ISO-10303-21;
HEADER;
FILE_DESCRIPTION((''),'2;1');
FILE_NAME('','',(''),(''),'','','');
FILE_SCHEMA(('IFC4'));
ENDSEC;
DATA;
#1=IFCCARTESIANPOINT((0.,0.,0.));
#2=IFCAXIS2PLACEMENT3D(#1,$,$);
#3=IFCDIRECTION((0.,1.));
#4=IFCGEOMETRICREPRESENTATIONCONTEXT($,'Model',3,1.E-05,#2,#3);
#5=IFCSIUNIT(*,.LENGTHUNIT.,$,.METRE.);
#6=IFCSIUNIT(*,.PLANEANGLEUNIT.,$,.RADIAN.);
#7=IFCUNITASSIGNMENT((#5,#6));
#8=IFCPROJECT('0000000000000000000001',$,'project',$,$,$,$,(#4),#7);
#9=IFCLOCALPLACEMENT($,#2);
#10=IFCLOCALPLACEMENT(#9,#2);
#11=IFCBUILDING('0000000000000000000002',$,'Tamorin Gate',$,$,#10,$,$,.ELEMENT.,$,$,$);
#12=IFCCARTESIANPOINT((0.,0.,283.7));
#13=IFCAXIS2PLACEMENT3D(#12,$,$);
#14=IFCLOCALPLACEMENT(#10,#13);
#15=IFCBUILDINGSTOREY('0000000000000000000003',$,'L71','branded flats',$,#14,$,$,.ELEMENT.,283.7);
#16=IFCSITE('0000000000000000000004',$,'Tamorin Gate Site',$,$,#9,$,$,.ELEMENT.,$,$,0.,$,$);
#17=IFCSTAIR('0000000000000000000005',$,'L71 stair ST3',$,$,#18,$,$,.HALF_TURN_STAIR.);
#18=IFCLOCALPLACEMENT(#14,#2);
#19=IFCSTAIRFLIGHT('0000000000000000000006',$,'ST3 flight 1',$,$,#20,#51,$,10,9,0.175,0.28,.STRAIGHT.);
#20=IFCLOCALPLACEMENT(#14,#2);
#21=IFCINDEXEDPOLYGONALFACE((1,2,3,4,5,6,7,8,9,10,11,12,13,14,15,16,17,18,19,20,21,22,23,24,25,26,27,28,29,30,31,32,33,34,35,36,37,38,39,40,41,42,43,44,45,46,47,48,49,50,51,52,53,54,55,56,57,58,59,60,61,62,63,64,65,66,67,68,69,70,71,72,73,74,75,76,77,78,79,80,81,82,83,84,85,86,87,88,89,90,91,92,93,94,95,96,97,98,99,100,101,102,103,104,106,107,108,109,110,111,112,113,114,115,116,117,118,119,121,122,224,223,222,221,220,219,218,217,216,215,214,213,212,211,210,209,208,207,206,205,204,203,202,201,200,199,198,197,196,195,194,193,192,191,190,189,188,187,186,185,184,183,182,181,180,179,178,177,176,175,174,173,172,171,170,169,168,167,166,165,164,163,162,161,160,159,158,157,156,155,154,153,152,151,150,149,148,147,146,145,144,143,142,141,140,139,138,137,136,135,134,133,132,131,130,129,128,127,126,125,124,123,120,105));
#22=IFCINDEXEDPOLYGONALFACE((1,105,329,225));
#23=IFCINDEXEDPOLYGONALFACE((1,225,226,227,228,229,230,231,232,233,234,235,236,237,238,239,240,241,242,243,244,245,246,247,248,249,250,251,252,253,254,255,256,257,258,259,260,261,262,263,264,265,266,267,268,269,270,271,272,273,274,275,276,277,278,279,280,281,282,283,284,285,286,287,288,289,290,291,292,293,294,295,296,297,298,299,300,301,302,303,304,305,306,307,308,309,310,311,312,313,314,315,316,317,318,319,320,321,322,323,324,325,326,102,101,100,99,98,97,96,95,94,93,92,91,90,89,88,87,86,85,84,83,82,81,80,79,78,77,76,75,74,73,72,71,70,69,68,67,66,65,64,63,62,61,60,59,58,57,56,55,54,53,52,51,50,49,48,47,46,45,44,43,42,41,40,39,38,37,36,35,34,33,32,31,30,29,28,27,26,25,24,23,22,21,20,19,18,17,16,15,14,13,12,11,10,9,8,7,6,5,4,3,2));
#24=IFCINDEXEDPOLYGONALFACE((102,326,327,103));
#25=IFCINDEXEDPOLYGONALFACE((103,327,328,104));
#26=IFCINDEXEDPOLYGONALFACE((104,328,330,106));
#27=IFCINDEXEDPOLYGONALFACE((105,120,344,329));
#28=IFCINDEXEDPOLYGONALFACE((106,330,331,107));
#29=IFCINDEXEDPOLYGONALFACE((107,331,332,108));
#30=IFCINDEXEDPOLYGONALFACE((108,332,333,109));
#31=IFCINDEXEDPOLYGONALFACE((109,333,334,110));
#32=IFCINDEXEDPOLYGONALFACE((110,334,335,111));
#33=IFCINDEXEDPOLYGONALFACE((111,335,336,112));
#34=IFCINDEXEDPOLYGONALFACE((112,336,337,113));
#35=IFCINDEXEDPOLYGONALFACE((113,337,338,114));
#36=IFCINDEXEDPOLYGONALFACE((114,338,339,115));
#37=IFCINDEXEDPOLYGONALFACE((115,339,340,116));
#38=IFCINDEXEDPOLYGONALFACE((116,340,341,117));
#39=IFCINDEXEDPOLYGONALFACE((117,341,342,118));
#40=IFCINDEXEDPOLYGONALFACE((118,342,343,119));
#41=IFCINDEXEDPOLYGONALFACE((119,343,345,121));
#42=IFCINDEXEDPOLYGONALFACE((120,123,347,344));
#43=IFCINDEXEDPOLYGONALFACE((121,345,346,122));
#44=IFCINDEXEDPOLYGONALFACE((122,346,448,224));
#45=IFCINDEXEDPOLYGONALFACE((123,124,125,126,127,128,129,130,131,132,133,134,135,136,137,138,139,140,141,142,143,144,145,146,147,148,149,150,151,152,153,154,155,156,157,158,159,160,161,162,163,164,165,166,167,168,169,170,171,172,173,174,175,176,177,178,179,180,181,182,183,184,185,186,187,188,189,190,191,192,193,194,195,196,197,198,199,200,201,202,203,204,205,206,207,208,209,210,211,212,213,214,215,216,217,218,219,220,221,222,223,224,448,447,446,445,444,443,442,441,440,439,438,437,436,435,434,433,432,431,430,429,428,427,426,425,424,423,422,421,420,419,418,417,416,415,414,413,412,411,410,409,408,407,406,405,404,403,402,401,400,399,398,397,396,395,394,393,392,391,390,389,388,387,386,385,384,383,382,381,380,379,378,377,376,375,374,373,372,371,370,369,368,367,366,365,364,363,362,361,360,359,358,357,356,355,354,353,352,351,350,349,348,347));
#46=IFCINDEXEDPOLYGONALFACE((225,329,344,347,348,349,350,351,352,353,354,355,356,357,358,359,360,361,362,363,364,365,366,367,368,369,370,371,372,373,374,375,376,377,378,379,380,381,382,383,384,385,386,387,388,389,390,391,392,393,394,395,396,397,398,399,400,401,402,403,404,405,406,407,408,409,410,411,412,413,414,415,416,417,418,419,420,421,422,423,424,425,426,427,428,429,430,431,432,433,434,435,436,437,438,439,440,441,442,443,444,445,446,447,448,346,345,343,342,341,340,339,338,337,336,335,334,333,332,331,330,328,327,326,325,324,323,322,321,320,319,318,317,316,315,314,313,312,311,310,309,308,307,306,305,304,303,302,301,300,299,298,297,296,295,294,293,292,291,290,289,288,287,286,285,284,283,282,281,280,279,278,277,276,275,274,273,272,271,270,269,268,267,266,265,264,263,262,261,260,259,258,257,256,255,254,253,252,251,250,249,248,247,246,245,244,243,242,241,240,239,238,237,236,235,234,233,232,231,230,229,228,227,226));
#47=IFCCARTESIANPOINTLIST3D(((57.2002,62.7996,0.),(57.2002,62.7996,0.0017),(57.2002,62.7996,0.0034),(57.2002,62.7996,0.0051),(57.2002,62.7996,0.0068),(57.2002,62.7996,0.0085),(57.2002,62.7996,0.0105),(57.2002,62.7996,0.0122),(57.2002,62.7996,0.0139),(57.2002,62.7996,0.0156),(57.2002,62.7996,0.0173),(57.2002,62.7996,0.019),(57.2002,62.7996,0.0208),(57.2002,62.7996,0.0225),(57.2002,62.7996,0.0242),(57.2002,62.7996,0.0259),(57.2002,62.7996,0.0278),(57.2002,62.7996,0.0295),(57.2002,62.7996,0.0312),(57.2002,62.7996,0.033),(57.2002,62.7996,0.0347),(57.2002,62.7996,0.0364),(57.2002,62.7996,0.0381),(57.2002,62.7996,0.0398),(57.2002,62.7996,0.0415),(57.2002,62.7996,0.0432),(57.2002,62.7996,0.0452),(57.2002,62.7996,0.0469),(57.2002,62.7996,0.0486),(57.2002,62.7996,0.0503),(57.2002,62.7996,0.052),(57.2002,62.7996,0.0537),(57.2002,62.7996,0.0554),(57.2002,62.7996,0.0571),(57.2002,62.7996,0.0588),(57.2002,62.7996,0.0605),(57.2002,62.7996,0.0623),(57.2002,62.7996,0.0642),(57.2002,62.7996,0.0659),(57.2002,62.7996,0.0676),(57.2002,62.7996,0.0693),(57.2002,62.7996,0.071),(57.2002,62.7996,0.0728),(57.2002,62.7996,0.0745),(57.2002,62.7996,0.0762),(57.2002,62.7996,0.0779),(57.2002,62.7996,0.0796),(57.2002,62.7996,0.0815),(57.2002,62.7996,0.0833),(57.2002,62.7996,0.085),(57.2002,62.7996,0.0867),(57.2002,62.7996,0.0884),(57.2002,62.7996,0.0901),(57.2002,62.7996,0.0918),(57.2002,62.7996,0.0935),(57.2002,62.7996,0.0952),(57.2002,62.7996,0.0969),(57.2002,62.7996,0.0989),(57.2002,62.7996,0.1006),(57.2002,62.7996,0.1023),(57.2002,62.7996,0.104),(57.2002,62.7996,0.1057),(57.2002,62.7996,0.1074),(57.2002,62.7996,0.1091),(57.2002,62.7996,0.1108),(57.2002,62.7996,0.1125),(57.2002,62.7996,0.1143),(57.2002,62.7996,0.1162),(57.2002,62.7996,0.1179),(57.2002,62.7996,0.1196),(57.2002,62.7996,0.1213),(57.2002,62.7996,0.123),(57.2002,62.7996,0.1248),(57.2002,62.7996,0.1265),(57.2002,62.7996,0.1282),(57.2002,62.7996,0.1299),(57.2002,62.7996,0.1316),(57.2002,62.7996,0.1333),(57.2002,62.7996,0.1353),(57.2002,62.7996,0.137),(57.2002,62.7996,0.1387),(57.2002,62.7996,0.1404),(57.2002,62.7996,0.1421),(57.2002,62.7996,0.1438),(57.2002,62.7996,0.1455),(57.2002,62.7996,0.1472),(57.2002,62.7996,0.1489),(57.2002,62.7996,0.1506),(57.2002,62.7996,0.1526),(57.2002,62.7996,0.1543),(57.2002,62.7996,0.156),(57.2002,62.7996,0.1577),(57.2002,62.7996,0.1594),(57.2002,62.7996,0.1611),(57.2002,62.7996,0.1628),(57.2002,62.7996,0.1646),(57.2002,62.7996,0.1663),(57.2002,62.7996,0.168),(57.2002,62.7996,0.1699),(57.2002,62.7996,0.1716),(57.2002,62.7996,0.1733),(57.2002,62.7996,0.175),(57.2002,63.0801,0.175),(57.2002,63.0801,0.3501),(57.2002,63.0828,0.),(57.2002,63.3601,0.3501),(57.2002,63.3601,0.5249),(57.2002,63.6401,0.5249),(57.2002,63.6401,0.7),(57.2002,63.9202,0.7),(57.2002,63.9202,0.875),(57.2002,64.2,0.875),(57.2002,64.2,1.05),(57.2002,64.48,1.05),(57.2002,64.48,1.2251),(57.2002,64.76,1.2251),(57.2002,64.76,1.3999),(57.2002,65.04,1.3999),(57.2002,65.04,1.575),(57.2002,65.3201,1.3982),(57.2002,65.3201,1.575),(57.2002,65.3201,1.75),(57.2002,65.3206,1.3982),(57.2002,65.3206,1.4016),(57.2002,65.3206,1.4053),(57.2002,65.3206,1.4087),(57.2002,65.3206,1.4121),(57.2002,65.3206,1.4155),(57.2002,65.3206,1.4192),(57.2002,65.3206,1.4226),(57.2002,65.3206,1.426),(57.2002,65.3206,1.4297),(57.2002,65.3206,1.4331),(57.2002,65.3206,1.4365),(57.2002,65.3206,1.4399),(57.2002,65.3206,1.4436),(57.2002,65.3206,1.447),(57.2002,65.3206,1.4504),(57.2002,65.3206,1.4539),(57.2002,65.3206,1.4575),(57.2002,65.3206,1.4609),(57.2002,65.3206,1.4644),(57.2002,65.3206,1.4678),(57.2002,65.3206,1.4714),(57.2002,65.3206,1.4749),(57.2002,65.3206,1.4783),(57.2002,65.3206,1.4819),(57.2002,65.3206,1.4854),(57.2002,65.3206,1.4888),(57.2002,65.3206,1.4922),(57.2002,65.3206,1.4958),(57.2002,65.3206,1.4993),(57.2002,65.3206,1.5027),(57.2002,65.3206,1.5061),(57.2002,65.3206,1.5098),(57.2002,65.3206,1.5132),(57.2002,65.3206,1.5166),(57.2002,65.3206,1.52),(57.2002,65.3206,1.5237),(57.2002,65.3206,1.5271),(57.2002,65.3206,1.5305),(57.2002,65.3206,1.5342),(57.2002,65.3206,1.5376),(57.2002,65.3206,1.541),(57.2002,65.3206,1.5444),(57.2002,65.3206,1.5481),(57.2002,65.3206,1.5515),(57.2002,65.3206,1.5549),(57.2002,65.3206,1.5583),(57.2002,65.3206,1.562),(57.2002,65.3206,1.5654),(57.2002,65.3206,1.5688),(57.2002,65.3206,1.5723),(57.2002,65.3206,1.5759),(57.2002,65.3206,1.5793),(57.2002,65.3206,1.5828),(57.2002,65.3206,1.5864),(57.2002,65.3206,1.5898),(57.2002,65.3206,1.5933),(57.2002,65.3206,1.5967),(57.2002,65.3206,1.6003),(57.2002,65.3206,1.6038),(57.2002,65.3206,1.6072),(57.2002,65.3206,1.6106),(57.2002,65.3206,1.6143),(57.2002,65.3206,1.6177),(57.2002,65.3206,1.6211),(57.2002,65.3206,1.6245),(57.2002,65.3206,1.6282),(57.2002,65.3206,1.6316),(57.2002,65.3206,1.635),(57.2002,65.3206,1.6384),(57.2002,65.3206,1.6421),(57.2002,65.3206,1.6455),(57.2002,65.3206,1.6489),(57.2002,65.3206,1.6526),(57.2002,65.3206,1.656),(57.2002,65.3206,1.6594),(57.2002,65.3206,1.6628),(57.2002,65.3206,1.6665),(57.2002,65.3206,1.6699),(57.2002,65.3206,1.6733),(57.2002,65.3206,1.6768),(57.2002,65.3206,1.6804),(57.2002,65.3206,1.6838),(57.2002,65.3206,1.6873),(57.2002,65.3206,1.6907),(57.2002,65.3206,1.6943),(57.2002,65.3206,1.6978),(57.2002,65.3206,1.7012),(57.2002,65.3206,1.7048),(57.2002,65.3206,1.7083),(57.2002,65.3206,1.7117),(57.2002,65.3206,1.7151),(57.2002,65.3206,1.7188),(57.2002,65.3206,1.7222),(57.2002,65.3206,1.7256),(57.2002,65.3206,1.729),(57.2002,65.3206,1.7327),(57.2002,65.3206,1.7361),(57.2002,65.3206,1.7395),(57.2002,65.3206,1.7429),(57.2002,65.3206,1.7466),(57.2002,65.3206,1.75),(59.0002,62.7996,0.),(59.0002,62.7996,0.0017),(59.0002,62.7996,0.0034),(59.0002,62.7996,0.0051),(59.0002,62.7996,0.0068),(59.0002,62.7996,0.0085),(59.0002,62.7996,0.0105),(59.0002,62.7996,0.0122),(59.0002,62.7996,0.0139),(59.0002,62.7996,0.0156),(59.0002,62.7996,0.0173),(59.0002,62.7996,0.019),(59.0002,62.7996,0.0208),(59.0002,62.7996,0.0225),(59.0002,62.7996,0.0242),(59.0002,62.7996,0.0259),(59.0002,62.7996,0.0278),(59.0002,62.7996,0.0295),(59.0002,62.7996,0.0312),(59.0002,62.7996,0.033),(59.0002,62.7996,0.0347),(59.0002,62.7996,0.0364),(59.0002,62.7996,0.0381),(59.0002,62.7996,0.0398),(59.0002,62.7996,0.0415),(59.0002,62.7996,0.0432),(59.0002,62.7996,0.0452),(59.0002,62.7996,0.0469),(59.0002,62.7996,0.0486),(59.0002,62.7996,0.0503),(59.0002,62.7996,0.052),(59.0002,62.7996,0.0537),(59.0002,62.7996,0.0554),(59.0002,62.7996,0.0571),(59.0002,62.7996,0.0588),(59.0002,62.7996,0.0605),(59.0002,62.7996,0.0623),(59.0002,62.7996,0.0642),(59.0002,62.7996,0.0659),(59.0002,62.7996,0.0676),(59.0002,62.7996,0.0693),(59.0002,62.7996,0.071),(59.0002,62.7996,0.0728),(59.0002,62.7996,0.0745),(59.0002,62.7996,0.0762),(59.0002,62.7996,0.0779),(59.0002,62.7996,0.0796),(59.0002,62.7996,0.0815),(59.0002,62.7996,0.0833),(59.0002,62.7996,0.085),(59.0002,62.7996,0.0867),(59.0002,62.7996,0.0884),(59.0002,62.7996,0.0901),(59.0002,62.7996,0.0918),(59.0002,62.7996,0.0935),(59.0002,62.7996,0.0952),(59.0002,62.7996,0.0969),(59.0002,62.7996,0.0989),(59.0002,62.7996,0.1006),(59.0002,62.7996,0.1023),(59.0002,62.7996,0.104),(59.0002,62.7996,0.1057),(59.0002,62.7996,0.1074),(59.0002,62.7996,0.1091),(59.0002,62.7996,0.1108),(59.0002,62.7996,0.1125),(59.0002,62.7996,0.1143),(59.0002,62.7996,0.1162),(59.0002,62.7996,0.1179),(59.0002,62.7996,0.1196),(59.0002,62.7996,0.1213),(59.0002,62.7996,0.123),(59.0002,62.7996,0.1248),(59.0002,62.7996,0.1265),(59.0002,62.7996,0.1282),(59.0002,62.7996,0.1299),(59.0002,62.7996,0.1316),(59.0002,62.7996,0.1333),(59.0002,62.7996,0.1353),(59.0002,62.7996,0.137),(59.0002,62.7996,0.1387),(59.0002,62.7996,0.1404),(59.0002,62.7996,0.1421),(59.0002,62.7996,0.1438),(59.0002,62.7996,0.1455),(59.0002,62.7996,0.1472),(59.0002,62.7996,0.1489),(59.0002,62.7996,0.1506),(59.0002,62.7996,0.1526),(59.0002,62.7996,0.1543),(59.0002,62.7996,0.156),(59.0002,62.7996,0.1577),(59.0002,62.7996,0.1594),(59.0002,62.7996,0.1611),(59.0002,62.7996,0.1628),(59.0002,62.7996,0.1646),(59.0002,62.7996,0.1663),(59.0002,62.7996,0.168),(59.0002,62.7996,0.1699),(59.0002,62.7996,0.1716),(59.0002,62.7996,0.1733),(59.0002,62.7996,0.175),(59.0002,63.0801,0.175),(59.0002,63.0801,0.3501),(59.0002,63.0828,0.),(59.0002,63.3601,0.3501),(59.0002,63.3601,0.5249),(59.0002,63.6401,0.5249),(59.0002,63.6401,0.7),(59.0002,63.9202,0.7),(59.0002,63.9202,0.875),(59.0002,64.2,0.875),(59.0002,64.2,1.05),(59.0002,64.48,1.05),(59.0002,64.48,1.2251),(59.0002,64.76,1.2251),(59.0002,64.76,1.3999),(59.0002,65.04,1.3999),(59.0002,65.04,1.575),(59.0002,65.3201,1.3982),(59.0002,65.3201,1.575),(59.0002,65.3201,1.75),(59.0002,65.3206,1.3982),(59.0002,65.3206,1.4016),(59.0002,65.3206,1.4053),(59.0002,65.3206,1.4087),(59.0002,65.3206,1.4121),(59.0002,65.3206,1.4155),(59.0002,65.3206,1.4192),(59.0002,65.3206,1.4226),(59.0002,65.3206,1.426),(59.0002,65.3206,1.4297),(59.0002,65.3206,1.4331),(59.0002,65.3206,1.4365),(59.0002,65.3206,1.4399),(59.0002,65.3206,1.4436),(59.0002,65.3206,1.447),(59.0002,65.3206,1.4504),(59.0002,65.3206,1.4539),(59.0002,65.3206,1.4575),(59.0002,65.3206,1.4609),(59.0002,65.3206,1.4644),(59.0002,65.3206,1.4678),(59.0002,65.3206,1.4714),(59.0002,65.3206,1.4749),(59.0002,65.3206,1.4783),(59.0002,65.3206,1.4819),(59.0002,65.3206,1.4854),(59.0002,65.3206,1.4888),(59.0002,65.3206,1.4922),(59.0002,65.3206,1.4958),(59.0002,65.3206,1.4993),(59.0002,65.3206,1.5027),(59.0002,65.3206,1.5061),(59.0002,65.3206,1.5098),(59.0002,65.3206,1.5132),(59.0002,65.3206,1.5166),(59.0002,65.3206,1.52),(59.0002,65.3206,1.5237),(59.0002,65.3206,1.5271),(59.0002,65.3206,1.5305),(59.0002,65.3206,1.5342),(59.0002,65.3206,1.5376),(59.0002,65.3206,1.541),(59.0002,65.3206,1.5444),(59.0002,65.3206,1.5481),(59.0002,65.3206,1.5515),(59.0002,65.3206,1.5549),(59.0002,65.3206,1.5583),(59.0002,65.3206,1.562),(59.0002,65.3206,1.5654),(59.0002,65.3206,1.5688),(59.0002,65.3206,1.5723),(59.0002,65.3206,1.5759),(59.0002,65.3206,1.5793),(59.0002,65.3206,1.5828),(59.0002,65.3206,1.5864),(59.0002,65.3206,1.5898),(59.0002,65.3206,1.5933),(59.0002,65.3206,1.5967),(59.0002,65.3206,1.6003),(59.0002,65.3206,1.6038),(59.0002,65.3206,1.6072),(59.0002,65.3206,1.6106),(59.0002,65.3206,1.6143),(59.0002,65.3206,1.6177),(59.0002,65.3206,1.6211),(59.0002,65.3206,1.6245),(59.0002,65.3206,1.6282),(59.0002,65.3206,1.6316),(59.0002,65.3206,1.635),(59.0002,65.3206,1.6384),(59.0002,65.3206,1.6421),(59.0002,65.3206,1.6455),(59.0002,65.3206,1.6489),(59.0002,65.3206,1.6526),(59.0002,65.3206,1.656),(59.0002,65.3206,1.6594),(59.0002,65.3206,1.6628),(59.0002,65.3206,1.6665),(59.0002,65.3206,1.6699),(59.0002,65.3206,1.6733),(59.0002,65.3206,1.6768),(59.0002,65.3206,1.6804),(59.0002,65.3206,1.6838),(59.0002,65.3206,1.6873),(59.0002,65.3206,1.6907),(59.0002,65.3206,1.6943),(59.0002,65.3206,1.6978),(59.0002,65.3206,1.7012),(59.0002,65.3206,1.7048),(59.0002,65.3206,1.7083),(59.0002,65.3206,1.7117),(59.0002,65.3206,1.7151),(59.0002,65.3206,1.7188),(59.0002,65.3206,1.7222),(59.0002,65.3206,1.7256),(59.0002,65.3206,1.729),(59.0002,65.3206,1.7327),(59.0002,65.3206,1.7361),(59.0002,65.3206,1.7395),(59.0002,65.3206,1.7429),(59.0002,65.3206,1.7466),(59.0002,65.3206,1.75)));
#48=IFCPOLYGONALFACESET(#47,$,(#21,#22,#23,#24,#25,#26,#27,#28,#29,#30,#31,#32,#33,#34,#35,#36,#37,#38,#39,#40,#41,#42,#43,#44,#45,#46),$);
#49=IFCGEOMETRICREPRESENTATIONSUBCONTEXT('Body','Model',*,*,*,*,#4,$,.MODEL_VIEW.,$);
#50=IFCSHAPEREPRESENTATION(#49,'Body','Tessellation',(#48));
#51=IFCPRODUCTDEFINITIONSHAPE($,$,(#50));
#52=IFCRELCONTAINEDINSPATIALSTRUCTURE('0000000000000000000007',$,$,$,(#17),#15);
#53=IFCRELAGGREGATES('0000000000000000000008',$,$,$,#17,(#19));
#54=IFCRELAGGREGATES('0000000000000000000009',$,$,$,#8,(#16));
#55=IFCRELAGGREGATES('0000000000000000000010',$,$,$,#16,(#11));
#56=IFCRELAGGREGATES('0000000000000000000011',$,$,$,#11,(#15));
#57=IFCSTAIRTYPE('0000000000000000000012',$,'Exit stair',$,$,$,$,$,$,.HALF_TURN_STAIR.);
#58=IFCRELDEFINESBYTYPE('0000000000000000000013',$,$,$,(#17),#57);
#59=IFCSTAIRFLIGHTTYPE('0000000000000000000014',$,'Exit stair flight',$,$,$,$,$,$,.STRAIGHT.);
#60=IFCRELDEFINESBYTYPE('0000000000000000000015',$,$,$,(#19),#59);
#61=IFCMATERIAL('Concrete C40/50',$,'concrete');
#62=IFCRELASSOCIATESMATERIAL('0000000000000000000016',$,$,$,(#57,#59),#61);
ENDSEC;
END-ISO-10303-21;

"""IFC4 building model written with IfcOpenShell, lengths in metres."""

from ifc_helpers import new_model, si_unit, direction, frame, origin, place, context, subcontext, project, spatial, polyline, outline, extrude, material, type_object, element, aggregate, save


model = new_model("IFC4")

# Units and contexts
model_context = context("Model", 3, precision=1e-05, world=origin(), true_north=direction((0.0, 1.0)))
body_context = subcontext(model_context, "Body", "Model", "MODEL_VIEW")
ifc_project = project(units=[si_unit("LENGTHUNIT", "METRE"), si_unit("PLANEANGLEUNIT", "RADIAN")], contexts=[model_context])

# Site, building, storey
site_placement = place(None, origin())
site = spatial("IfcSite", under=ifc_project, at=site_placement, Name="Tamorin Gate Site", CompositionType="ELEMENT", RefElevation=0.0)
building_placement = place(site_placement, origin())
building = spatial("IfcBuilding", under=site, at=building_placement, Name="Tamorin Gate", CompositionType="ELEMENT")
storey_placement = place(building_placement, frame((0.0, 0.0, 283.7)))
storey = spatial("IfcBuildingStorey", under=building, at=storey_placement, Name="L71", Description="branded flats", CompositionType="ELEMENT", Elevation=283.7)

# Shared definitions
ifc_material_1 = material(Name="Concrete C40/50", Category="concrete")

# Stair, stair flight
stair_type = type_object("IfcStairType", Name="Exit stair", PredefinedType="HALF_TURN_STAIR", material=ifc_material_1)
stair_placement = place(storey_placement, origin())
stair = element("IfcStair", 1, at=stair_placement, inside=storey, type_object=stair_type, Name="L71 stair ST3", PredefinedType="HALF_TURN_STAIR")
stair_flight_type = type_object("IfcStairFlightType", Name="Exit stair flight", PredefinedType="STRAIGHT", material=ifc_material_1)
stair_flight_1_placement = place(storey_placement, frame((58.1001, 62.8, 0.0), z_axis=(0.0, 0.0, 1.0), x_axis=(0.0, 1.0, 0.0)))
stair_flight_1 = element("IfcStairFlight", 2, at=stair_flight_1_placement, type_object=stair_flight_type, Name="ST3 flight 1", NumberOfRisers=10, NumberOfTreads=9, PredefinedType="STRAIGHT", RiserHeight=0.175, TreadLength=0.28, context=body_context, shape_type="SweptSolid", body=[
    extrude(outline(polyline([(-0.0005, 0.0), (-0.0005, 0.0017), (-0.0005, 0.0034), (-0.0005, 0.0051), (-0.0005, 0.0068), (-0.0005, 0.0085), (-0.0005, 0.0105), (-0.0005, 0.0122), (-0.0005, 0.0139), (-0.0005, 0.0156), (-0.0005, 0.0173), (-0.0005, 0.019), (-0.0005, 0.0208), (-0.0005, 0.0225), (-0.0005, 0.0242), (-0.0005, 0.0259), (-0.0005, 0.0278), (-0.0005, 0.0295), (-0.0005, 0.0312), (-0.0005, 0.033), (-0.0005, 0.0347), (-0.0005, 0.0364), (-0.0005, 0.0381), (-0.0005, 0.0398), (-0.0005, 0.0415), (-0.0005, 0.0432), (-0.0005, 0.0452), (-0.0005, 0.0469), (-0.0005, 0.0486), (-0.0005, 0.0503), (-0.0005, 0.052), (-0.0005, 0.0537), (-0.0005, 0.0554), (-0.0005, 0.0571), (-0.0005, 0.0588), (-0.0005, 0.0605), (-0.0005, 0.0623), (-0.0005, 0.0642), (-0.0005, 0.0659), (-0.0005, 0.0676), (-0.0005, 0.0693), (-0.0005, 0.071), (-0.0005, 0.0728), (-0.0005, 0.0745), (-0.0005, 0.0762), (-0.0005, 0.0779), (-0.0005, 0.0796), (-0.0005, 0.0815), (-0.0005, 0.0833), (-0.0005, 0.085), (-0.0005, 0.0867), (-0.0005, 0.0884), (-0.0005, 0.0901), (-0.0005, 0.0918), (-0.0005, 0.0935), (-0.0005, 0.0952), (-0.0005, 0.0969), (-0.0005, 0.0989), (-0.0005, 0.1006), (-0.0005, 0.1023), (-0.0005, 0.104), (-0.0005, 0.1057), (-0.0005, 0.1074), (-0.0005, 0.1091), (-0.0005, 0.1108), (-0.0005, 0.1125), (-0.0005, 0.1143), (-0.0005, 0.1162), (-0.0005, 0.1179), (-0.0005, 0.1196), (-0.0005, 0.1213), (-0.0005, 0.123), (-0.0005, 0.1248), (-0.0005, 0.1265), (-0.0005, 0.1282), (-0.0005, 0.1299), (-0.0005, 0.1316), (-0.0005, 0.1333), (-0.0005, 0.1353), (-0.0005, 0.137), (-0.0005, 0.1387), (-0.0005, 0.1404), (-0.0005, 0.1421), (-0.0005, 0.1438), (-0.0005, 0.1455), (-0.0005, 0.1472), (-0.0005, 0.1489), (-0.0005, 0.1506), (-0.0005, 0.1526), (-0.0005, 0.1543), (-0.0005, 0.156), (-0.0005, 0.1577), (-0.0005, 0.1594), (-0.0005, 0.1611), (-0.0005, 0.1628), (-0.0005, 0.1646), (-0.0005, 0.1663), (-0.0005, 0.168), (-0.0005, 0.1699), (-0.0005, 0.1716), (-0.0005, 0.1733), (-0.0005, 0.175), (0.28, 0.175), (0.28, 0.3501), (0.5601, 0.3501), (0.5601, 0.5249), (0.8401, 0.5249), (0.8401, 0.7), (1.1201, 0.7), (1.1201, 0.875), (1.3999, 0.875), (1.3999, 1.05), (1.6799, 1.05), (1.6799, 1.2251), (1.96, 1.2251), (1.96, 1.3999), (2.24, 1.3999), (2.24, 1.575), (2.52, 1.575), (2.52, 1.75), (2.5205, 1.75), (2.5205, 1.7466), (2.5205, 1.7429), (2.5205, 1.7395), (2.5205, 1.7361), (2.5205, 1.7327), (2.5205, 1.729), (2.5205, 1.7256), (2.5205, 1.7222), (2.5205, 1.7188), (2.5205, 1.7151), (2.5205, 1.7117), (2.5205, 1.7083), (2.5205, 1.7048), (2.5205, 1.7012), (2.5205, 1.6978), (2.5205, 1.6943), (2.5205, 1.6907), (2.5205, 1.6873), (2.5205, 1.6838), (2.5205, 1.6804), (2.5205, 1.6768), (2.5205, 1.6733), (2.5205, 1.6699), (2.5205, 1.6665), (2.5205, 1.6628), (2.5205, 1.6594), (2.5205, 1.656), (2.5205, 1.6526), (2.5205, 1.6489), (2.5205, 1.6455), (2.5205, 1.6421), (2.5205, 1.6384), (2.5205, 1.635), (2.5205, 1.6316), (2.5205, 1.6282), (2.5205, 1.6245), (2.5205, 1.6211), (2.5205, 1.6177), (2.5205, 1.6143), (2.5205, 1.6106), (2.5205, 1.6072), (2.5205, 1.6038), (2.5205, 1.6003), (2.5205, 1.5967), (2.5205, 1.5933), (2.5205, 1.5898), (2.5205, 1.5864), (2.5205, 1.5828), (2.5205, 1.5793), (2.5205, 1.5759), (2.5205, 1.5723), (2.5205, 1.5688), (2.5205, 1.5654), (2.5205, 1.562), (2.5205, 1.5583), (2.5205, 1.5549), (2.5205, 1.5515), (2.5205, 1.5481), (2.5205, 1.5444), (2.5205, 1.541), (2.5205, 1.5376), (2.5205, 1.5342), (2.5205, 1.5305), (2.5205, 1.5271), (2.5205, 1.5237), (2.5205, 1.52), (2.5205, 1.5166), (2.5205, 1.5132), (2.5205, 1.5098), (2.5205, 1.5061), (2.5205, 1.5027), (2.5205, 1.4993), (2.5205, 1.4958), (2.5205, 1.4922), (2.5205, 1.4888), (2.5205, 1.4854), (2.5205, 1.4819), (2.5205, 1.4783), (2.5205, 1.4749), (2.5205, 1.4714), (2.5205, 1.4678), (2.5205, 1.4644), (2.5205, 1.4609), (2.5205, 1.4575), (2.5205, 1.4539), (2.5205, 1.4504), (2.5205, 1.447), (2.5205, 1.4436), (2.5205, 1.4399), (2.5205, 1.4365), (2.5205, 1.4331), (2.5205, 1.4297), (2.5205, 1.426), (2.5205, 1.4226), (2.5205, 1.4192), (2.5205, 1.4155), (2.5205, 1.4121), (2.5205, 1.4087), (2.5205, 1.4053), (2.5205, 1.4016), (2.5205, 1.3982), (2.52, 1.3982), (0.2827, 0.0), (-0.0005, 0.0)])), frame((0.0, 0.8999, 0.0), z_axis=(0.0, -1.0, 0.0), x_axis=(1.0, 0.0, 0.0)), (0.0, 0.0, 1.0), 1.8),
])
aggregate(stair, [stair_flight_1])

save(model, "model.ifc")
